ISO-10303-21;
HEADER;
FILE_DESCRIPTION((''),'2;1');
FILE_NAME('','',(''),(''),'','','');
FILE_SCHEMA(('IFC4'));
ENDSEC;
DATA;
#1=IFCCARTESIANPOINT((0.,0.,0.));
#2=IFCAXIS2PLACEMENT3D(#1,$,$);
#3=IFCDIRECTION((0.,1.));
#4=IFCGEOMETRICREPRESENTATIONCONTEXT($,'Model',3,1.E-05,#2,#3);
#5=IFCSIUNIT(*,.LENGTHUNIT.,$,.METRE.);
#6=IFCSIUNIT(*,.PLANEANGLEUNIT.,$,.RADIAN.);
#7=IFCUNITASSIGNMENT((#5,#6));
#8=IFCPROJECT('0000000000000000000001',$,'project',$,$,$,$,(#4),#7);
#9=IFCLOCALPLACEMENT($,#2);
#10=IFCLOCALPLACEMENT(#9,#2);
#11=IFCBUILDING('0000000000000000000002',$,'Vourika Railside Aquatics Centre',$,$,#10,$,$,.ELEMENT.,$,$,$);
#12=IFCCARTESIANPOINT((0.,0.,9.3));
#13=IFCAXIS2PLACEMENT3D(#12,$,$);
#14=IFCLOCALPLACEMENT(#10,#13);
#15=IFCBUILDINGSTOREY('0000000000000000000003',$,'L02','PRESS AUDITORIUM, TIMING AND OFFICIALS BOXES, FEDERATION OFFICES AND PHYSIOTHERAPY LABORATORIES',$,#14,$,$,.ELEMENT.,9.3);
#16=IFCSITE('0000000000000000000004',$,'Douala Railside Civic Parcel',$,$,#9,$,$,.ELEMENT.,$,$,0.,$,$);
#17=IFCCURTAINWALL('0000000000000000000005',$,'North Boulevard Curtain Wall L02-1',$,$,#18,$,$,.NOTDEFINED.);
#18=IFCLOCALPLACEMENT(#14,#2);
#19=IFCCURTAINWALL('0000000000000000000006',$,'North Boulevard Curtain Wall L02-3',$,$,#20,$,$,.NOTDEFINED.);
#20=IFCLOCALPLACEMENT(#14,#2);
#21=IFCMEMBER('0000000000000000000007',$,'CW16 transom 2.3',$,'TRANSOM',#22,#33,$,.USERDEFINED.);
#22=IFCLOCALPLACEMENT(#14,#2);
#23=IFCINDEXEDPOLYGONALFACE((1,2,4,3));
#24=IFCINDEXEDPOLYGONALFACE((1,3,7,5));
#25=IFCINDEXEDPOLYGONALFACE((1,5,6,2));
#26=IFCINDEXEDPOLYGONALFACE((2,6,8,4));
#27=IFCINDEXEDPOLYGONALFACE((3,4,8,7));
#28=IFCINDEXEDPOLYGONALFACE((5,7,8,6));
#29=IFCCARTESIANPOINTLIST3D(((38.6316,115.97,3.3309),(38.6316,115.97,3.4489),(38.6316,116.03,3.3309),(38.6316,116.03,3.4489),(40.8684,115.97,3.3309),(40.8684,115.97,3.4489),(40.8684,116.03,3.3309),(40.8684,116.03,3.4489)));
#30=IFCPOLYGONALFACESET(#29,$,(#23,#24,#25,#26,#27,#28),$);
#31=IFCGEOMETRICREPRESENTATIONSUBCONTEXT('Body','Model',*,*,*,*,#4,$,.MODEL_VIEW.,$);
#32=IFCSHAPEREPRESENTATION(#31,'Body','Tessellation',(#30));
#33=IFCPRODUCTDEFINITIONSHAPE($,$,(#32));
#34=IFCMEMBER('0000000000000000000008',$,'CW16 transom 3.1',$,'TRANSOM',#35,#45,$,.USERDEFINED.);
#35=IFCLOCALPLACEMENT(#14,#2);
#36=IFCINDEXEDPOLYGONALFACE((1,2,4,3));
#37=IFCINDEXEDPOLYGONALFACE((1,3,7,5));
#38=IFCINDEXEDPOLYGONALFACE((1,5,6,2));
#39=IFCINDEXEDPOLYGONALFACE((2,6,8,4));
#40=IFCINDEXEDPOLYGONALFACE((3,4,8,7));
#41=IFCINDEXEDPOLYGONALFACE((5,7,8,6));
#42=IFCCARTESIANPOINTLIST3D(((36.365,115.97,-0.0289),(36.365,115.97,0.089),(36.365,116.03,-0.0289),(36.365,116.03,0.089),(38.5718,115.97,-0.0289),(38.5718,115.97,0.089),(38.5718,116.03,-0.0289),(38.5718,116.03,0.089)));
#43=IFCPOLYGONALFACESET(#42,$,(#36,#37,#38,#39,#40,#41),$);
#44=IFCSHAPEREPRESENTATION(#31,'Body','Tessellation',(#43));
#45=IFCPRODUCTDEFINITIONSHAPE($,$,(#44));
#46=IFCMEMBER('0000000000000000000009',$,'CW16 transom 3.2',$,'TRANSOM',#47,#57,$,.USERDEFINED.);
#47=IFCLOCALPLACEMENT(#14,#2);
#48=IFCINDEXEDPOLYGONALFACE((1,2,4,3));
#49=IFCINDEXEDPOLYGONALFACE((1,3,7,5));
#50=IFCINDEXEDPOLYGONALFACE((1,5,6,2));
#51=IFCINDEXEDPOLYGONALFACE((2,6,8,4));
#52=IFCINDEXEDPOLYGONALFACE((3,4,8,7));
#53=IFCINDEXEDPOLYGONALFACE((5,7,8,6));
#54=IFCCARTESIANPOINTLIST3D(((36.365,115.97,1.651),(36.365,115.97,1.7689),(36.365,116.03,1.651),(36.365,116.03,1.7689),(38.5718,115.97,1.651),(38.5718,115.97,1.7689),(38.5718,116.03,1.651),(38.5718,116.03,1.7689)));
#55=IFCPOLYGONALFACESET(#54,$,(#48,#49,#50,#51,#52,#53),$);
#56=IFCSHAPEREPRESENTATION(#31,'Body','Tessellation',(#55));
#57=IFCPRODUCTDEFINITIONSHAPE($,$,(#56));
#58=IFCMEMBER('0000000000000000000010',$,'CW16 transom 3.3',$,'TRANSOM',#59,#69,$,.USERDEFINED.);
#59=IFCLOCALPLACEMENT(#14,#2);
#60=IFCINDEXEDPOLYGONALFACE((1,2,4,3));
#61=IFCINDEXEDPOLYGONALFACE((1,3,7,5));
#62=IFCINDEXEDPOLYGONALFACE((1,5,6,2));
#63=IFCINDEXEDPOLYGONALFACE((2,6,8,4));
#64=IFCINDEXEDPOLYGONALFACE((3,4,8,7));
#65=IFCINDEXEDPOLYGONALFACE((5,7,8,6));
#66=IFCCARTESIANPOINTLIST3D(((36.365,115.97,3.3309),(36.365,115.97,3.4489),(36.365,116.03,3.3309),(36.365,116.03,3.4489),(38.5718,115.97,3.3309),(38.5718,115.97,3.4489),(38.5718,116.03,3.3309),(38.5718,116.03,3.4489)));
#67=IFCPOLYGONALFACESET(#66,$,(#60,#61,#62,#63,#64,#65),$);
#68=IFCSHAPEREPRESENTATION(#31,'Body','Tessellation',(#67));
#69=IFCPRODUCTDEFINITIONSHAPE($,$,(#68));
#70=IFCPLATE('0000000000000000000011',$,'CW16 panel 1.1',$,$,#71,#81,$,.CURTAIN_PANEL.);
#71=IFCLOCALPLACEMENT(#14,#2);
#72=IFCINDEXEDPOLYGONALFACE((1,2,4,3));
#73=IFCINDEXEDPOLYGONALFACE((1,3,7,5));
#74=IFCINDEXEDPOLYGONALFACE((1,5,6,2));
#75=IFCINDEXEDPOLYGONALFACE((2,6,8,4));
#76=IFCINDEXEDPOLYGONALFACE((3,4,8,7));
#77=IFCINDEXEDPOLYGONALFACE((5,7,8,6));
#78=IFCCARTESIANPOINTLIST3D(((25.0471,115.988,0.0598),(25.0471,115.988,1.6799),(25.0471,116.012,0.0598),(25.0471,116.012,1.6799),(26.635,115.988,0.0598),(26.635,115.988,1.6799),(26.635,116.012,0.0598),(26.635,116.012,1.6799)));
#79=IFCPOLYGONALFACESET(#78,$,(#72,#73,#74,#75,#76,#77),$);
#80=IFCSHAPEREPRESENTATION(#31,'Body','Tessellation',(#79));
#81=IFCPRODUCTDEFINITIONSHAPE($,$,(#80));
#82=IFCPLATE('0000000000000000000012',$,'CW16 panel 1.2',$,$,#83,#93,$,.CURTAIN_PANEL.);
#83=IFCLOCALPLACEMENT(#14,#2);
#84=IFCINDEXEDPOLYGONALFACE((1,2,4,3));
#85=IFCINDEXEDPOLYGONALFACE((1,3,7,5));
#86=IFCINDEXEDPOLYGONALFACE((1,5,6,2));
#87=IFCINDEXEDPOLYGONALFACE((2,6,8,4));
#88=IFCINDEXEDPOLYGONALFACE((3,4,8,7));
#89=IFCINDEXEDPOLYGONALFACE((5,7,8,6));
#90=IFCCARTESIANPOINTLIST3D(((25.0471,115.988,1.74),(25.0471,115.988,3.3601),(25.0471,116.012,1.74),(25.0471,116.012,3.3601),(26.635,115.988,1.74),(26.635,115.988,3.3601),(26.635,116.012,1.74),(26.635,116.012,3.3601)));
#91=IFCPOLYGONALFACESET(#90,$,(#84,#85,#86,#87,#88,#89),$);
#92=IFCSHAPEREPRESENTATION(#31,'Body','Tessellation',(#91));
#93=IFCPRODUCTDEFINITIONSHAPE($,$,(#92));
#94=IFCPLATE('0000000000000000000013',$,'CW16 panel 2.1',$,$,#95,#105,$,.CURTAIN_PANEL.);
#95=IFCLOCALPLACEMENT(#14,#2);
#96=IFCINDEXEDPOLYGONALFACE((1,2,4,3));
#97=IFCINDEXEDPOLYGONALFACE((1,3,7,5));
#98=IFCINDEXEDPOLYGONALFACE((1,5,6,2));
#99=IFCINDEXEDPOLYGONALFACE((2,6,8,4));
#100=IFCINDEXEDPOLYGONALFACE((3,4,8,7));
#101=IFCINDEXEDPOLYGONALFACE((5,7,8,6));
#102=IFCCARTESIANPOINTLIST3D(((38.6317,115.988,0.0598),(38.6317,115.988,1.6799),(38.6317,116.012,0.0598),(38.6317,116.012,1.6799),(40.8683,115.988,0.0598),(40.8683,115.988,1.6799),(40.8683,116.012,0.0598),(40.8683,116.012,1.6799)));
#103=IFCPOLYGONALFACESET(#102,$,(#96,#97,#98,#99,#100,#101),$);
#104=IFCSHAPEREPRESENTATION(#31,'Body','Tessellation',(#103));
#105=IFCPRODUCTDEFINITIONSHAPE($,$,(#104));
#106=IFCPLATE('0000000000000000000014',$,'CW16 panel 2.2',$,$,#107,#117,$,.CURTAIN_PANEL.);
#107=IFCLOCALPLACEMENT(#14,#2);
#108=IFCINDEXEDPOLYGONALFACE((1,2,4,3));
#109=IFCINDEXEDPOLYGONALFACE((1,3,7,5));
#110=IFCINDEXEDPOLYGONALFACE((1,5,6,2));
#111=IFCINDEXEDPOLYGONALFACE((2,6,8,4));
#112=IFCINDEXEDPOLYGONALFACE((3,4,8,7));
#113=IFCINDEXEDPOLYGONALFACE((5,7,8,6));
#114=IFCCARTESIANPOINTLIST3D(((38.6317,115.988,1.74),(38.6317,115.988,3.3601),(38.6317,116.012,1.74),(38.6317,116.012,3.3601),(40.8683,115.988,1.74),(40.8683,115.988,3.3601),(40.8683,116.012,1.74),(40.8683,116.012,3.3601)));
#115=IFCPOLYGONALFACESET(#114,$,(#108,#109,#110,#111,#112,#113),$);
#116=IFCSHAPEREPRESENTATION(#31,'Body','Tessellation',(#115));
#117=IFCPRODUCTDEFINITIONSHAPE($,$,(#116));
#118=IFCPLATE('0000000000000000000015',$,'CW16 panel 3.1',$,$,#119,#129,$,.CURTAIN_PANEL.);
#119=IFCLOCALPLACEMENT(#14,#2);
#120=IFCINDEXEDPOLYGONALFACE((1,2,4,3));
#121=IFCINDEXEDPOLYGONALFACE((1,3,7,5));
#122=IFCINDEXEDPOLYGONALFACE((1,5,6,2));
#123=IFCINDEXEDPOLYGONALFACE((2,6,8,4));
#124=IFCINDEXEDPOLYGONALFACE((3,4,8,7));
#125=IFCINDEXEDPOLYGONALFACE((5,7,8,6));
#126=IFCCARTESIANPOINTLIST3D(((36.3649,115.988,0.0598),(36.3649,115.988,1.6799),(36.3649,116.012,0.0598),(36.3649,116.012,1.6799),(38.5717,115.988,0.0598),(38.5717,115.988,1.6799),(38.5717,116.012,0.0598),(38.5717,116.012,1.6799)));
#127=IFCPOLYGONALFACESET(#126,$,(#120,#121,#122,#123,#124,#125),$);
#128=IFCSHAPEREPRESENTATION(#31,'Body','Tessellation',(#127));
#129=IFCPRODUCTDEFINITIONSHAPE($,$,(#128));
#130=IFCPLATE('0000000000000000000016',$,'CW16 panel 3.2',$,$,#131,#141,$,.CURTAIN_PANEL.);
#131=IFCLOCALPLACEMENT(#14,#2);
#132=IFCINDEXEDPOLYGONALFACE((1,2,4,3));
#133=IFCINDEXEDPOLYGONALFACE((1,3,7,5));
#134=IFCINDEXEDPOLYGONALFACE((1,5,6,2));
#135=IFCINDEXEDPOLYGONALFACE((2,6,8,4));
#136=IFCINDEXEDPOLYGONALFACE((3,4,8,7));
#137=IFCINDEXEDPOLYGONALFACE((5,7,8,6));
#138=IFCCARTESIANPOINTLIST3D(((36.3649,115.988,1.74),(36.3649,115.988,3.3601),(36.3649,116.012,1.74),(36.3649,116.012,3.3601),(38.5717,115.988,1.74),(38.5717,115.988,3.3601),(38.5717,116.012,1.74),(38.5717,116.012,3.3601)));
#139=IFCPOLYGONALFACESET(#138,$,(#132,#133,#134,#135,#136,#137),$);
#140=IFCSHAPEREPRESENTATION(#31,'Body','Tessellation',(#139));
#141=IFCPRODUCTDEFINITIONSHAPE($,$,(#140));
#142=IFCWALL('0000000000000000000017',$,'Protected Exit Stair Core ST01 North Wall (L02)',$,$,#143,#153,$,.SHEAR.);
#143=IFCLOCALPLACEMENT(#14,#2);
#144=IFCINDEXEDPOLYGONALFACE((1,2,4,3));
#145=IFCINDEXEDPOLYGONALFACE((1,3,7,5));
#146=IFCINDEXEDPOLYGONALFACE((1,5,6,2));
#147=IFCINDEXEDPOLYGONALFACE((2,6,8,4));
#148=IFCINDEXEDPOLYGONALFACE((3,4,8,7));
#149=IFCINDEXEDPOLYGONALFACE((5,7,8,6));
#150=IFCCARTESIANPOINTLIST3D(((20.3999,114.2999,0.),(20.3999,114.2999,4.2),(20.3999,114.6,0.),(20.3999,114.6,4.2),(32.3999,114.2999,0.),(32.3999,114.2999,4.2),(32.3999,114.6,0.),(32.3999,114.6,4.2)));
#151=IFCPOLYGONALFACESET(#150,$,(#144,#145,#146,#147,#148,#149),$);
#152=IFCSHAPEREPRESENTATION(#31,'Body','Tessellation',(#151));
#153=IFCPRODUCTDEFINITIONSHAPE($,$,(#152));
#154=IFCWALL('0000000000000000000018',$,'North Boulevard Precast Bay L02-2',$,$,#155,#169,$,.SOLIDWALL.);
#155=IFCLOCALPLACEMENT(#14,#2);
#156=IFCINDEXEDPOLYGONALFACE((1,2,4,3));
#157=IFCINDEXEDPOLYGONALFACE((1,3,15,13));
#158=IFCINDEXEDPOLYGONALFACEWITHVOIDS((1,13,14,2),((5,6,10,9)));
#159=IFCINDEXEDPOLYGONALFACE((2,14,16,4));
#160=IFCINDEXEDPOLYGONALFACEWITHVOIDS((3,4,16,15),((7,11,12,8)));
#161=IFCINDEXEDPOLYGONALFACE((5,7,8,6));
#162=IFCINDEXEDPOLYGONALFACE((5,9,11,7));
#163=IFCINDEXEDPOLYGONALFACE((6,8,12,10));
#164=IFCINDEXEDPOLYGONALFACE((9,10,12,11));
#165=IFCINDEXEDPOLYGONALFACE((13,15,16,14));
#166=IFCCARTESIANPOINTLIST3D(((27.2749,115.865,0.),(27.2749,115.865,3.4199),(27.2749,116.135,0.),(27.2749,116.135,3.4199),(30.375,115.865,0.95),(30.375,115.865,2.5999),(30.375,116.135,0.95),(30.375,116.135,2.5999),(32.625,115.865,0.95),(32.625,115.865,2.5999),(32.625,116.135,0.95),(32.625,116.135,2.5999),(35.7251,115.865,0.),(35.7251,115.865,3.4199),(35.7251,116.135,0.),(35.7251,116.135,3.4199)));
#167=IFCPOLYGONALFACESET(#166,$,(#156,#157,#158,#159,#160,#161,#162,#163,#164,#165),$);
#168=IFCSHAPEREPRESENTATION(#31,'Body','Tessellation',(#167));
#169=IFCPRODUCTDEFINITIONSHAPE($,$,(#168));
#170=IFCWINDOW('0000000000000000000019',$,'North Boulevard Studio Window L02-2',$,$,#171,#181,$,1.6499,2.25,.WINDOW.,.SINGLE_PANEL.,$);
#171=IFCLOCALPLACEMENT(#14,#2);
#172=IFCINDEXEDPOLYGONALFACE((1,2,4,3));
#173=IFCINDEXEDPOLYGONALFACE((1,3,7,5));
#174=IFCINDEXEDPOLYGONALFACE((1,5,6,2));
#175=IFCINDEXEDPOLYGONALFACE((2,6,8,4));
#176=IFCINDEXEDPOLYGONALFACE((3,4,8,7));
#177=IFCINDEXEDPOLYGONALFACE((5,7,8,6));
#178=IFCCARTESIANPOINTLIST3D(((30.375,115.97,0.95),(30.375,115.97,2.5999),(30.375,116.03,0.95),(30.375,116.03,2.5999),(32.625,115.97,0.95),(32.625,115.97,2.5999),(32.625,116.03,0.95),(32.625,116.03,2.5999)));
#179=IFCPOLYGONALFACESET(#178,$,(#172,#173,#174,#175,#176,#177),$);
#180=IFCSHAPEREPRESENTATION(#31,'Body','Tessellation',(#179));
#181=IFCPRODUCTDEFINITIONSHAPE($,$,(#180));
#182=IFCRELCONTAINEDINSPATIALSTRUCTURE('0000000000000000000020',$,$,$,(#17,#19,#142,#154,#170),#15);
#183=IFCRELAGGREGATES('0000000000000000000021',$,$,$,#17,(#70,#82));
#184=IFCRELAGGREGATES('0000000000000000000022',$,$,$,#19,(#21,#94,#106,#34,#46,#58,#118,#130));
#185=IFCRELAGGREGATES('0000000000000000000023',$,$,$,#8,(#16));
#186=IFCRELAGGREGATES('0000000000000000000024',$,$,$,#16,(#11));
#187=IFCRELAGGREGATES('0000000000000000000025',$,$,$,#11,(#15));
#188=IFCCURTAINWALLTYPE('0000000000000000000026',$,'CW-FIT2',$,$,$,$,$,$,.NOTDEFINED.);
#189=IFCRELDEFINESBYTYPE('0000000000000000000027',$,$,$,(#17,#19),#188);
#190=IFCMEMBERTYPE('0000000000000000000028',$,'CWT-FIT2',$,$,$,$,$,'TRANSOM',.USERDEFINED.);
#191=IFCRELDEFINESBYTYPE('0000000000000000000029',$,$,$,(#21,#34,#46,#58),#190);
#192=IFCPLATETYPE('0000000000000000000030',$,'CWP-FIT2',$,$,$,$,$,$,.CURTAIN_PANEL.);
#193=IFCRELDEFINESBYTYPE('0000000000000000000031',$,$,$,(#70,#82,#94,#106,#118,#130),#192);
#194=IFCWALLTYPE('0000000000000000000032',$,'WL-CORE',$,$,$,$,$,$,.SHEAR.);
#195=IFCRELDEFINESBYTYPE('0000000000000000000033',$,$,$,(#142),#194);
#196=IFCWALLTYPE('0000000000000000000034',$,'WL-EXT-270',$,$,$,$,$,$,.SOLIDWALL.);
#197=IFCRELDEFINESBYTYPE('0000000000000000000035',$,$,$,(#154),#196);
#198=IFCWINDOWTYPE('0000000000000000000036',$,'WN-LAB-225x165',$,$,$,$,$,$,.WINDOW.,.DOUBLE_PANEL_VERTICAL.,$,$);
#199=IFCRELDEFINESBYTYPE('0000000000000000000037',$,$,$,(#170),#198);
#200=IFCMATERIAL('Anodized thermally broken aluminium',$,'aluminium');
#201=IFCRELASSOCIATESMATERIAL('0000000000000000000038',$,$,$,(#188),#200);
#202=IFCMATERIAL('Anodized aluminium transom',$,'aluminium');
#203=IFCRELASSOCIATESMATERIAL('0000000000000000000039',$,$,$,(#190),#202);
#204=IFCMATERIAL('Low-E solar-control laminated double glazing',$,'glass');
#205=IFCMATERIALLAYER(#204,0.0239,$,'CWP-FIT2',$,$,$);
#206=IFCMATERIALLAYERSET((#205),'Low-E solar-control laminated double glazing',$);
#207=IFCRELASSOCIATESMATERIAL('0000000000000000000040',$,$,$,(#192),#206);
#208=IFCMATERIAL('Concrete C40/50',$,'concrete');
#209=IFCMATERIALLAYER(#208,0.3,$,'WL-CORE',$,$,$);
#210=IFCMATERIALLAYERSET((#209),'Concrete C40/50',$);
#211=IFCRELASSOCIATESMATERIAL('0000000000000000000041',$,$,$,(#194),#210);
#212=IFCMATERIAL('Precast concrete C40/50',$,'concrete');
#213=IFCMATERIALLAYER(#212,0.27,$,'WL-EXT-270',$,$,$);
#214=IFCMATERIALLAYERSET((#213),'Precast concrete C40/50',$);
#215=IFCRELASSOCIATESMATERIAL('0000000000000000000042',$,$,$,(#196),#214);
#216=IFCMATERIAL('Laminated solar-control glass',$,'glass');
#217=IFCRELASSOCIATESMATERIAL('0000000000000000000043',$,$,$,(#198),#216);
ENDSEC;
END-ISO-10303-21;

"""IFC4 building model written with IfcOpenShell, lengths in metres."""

from ifc_helpers import new_model, si_unit, direction, frame, frame_2d, origin, origin_2d, place, context, subcontext, project, spatial, rectangle, extrude, material, layer, layer_set, material_profile, profile_set, type_object, element, fill, aggregate, save


model = new_model("IFC4")

# Units and contexts
model_context = context("Model", 3, precision=1e-05, world=origin(), true_north=direction((0.0, 1.0)))
body_context = subcontext(model_context, "Body", "Model", "MODEL_VIEW")
ifc_project = project(units=[si_unit("LENGTHUNIT", "METRE"), si_unit("PLANEANGLEUNIT", "RADIAN")], contexts=[model_context])

# Site, building, storey
site_placement = place(None, origin())
site = spatial("IfcSite", under=ifc_project, at=site_placement, Name="Douala Railside Civic Parcel", CompositionType="ELEMENT", RefElevation=0.0)
building_placement = place(site_placement, origin())
building = spatial("IfcBuilding", under=site, at=building_placement, Name="Vourika Railside Aquatics Centre", CompositionType="ELEMENT")
storey_placement = place(building_placement, frame((0.0, 0.0, 9.3)))
storey = spatial("IfcBuildingStorey", under=building, at=storey_placement, Name="L02", Description="PRESS AUDITORIUM, TIMING AND OFFICIALS BOXES, FEDERATION OFFICES AND PHYSIOTHERAPY LABORATORIES", CompositionType="ELEMENT", Elevation=9.3)

# Curtain walls
ifc_material_1 = material(Name="Anodized thermally broken aluminium", Category="aluminium")
curtain_wall_type = type_object("IfcCurtainWallType", Name="CW-FIT2", PredefinedType="NOTDEFINED", material=ifc_material_1)
curtain_wall_1_placement = place(storey_placement, origin())
curtain_wall_1 = element("IfcCurtainWall", 1, at=curtain_wall_1_placement, inside=storey, type_object=curtain_wall_type, Name="North Boulevard Curtain Wall L02-1", PredefinedType="NOTDEFINED")
curtain_wall_2_placement = place(storey_placement, origin())
curtain_wall_2 = element("IfcCurtainWall", 2, at=curtain_wall_2_placement, inside=storey, type_object=curtain_wall_type, Name="North Boulevard Curtain Wall L02-3", PredefinedType="NOTDEFINED")

# Members
ifc_material_2 = material(Name="Anodized aluminium transom", Category="aluminium")
ifc_material_profile_1 = material_profile(ifc_material_2, rectangle(XDim=0.0601, YDim=0.1179, at=origin_2d()), Name="ALU-T 60x118")
ifc_profile_set_1 = profile_set([ifc_material_profile_1], Name="Anodized aluminium transom")
member_type_1 = type_object("IfcMemberType", Name="CWT-FIT2", ElementType="TRANSOM", PredefinedType="USERDEFINED", material=ifc_profile_set_1)
member_1_placement = place(storey_placement, frame((40.8684, 116.0, 3.3899), z_axis=(-1.0, 0.0, 0.0), x_axis=(0.0, -1.0, 0.0)))
member_1 = element("IfcMember", 3, at=member_1_placement, type_object=member_type_1, Name="CW16 transom 2.3", ObjectType="TRANSOM", PredefinedType="USERDEFINED", context=body_context, shape_type="SweptSolid", body=[
    extrude(rectangle(XDim=0.0601, YDim=0.1179, at=origin_2d()), origin(), (0.0, 0.0, 1.0), 2.2368),
])
member_2_placement = place(storey_placement, frame((38.5718, 116.0, 0.03), z_axis=(-1.0, 0.0, 0.0), x_axis=(0.0, -1.0, 0.0)))
member_2 = element("IfcMember", 4, at=member_2_placement, type_object=member_type_1, Name="CW16 transom 3.1", ObjectType="TRANSOM", PredefinedType="USERDEFINED", context=body_context, shape_type="SweptSolid", body=[
    extrude(rectangle(XDim=0.0601, YDim=0.1179, at=origin_2d()), origin(), (0.0, 0.0, 1.0), 2.2068),
])
member_3_placement = place(storey_placement, frame((38.5718, 116.0, 1.71), z_axis=(-1.0, 0.0, 0.0), x_axis=(0.0, -1.0, 0.0)))
member_3 = element("IfcMember", 5, at=member_3_placement, type_object=member_type_1, Name="CW16 transom 3.2", ObjectType="TRANSOM", PredefinedType="USERDEFINED", context=body_context, shape_type="SweptSolid", body=[
    extrude(rectangle(XDim=0.0601, YDim=0.1179, at=origin_2d()), origin(), (0.0, 0.0, 1.0), 2.2068),
])
member_4_placement = place(storey_placement, frame((38.5718, 116.0, 3.3899), z_axis=(-1.0, 0.0, 0.0), x_axis=(0.0, -1.0, 0.0)))
member_4 = element("IfcMember", 6, at=member_4_placement, type_object=member_type_1, Name="CW16 transom 3.3", ObjectType="TRANSOM", PredefinedType="USERDEFINED", context=body_context, shape_type="SweptSolid", body=[
    extrude(rectangle(XDim=0.0601, YDim=0.1179, at=origin_2d()), origin(), (0.0, 0.0, 1.0), 2.2068),
])

# Plates
ifc_material_3 = material(Name="Low-E solar-control laminated double glazing", Category="glass")
ifc_layer_1 = layer(ifc_material_3, 0.0239, Name="CWP-FIT2")
ifc_layer_set_1 = layer_set([ifc_layer_1], Name="Low-E solar-control laminated double glazing")
plate_type = type_object("IfcPlateType", Name="CWP-FIT2", PredefinedType="CURTAIN_PANEL", material=ifc_layer_set_1)
plate_1_placement = place(storey_placement, frame((25.8411, 116.0, 0.0598), z_axis=(0.0, 0.0, 1.0), x_axis=(-1.0, 0.0, 0.0)))
plate_1 = element("IfcPlate", 7, at=plate_1_placement, type_object=plate_type, Name="CW16 panel 1.1", PredefinedType="CURTAIN_PANEL", context=body_context, shape_type="SweptSolid", body=[
    extrude(rectangle(XDim=1.5879, YDim=0.0239, at=origin_2d()), origin(), (0.0, 0.0, 1.0), 1.6201),
])
plate_2_placement = place(storey_placement, frame((25.8411, 116.0, 1.74), z_axis=(0.0, 0.0, 1.0), x_axis=(-1.0, 0.0, 0.0)))
plate_2 = element("IfcPlate", 8, at=plate_2_placement, type_object=plate_type, Name="CW16 panel 1.2", PredefinedType="CURTAIN_PANEL", context=body_context, shape_type="SweptSolid", body=[
    extrude(rectangle(XDim=1.5879, YDim=0.0239, at=origin_2d()), origin(), (0.0, 0.0, 1.0), 1.6201),
])
aggregate(curtain_wall_1, [plate_1, plate_2])
plate_3_placement = place(storey_placement, frame((39.75, 116.0, 0.0598), z_axis=(0.0, 0.0, 1.0), x_axis=(-1.0, 0.0, 0.0)))
plate_3 = element("IfcPlate", 9, at=plate_3_placement, type_object=plate_type, Name="CW16 panel 2.1", PredefinedType="CURTAIN_PANEL", context=body_context, shape_type="SweptSolid", body=[
    extrude(rectangle(XDim=2.2366, YDim=0.0239, at=origin_2d()), origin(), (0.0, 0.0, 1.0), 1.6201),
])
plate_4_placement = place(storey_placement, frame((39.75, 116.0, 1.74), z_axis=(0.0, 0.0, 1.0), x_axis=(-1.0, 0.0, 0.0)))
plate_4 = element("IfcPlate", 10, at=plate_4_placement, type_object=plate_type, Name="CW16 panel 2.2", PredefinedType="CURTAIN_PANEL", context=body_context, shape_type="SweptSolid", body=[
    extrude(rectangle(XDim=2.2366, YDim=0.0239, at=origin_2d()), origin(), (0.0, 0.0, 1.0), 1.6201),
])
plate_5_placement = place(storey_placement, frame((37.4683, 116.0, 0.0598), z_axis=(0.0, 0.0, 1.0), x_axis=(-1.0, 0.0, 0.0)))
plate_5 = element("IfcPlate", 11, at=plate_5_placement, type_object=plate_type, Name="CW16 panel 3.1", PredefinedType="CURTAIN_PANEL", context=body_context, shape_type="SweptSolid", body=[
    extrude(rectangle(XDim=2.2068, YDim=0.0239, at=origin_2d()), origin(), (0.0, 0.0, 1.0), 1.6201),
])
plate_6_placement = place(storey_placement, frame((37.4683, 116.0, 1.74), z_axis=(0.0, 0.0, 1.0), x_axis=(-1.0, 0.0, 0.0)))
plate_6 = element("IfcPlate", 12, at=plate_6_placement, type_object=plate_type, Name="CW16 panel 3.2", PredefinedType="CURTAIN_PANEL", context=body_context, shape_type="SweptSolid", body=[
    extrude(rectangle(XDim=2.2068, YDim=0.0239, at=origin_2d()), origin(), (0.0, 0.0, 1.0), 1.6201),
])
aggregate(curtain_wall_2, [member_1, plate_3, plate_4, member_2, member_3, member_4, plate_5, plate_6])

# Wall
ifc_material_4 = material(Name="Concrete C40/50", Category="concrete")
ifc_layer_2 = layer(ifc_material_4, 0.3, Name="WL-CORE")
ifc_layer_set_2 = layer_set([ifc_layer_2], Name="Concrete C40/50")
wall_type_1 = type_object("IfcWallType", Name="WL-CORE", PredefinedType="SHEAR", material=ifc_layer_set_2)
wall_1_placement = place(storey_placement, frame((32.3999, 114.45, 0.0), z_axis=(0.0, 0.0, 1.0), x_axis=(-1.0, 0.0, 0.0)))
element("IfcWall", 13, at=wall_1_placement, inside=storey, type_object=wall_type_1, Name="Protected Exit Stair Core ST01 North Wall (L02)", PredefinedType="SHEAR", context=body_context, shape_type="SweptSolid", body=[
    extrude(rectangle(XDim=12.0, YDim=0.3, at=frame_2d((6.0, 0.0))), origin(), (0.0, 0.0, 1.0), 4.2),
])

# Wall, opening, window
ifc_material_5 = material(Name="Precast concrete C40/50", Category="concrete")
ifc_layer_3 = layer(ifc_material_5, 0.27, Name="WL-EXT-270")
ifc_layer_set_3 = layer_set([ifc_layer_3], Name="Precast concrete C40/50")
wall_type_2 = type_object("IfcWallType", Name="WL-EXT-270", PredefinedType="SOLIDWALL", material=ifc_layer_set_3)
wall_2_placement = place(storey_placement, frame((35.7251, 116.0, 0.0), z_axis=(0.0, 0.0, 1.0), x_axis=(-1.0, 0.0, 0.0)))
wall_2 = element("IfcWall", 14, at=wall_2_placement, inside=storey, type_object=wall_type_2, Name="North Boulevard Precast Bay L02-2", PredefinedType="SOLIDWALL", context=body_context, shape_type="SweptSolid", body=[
    extrude(rectangle(XDim=8.4502, YDim=0.27, at=frame_2d((4.2251, 0.0))), origin(), (0.0, 0.0, 1.0), 3.4199),
])
opening_placement = place(wall_2_placement, frame((3.1001, 0.0, 0.95)))
opening = element("IfcOpeningElement", 15, at=opening_placement, cuts=wall_2, PredefinedType="OPENING", context=body_context, shape_type="SweptSolid", body=[
    extrude(rectangle(XDim=2.25, YDim=1.6499, at=frame_2d((1.125, 0.825))), frame((0.0, 0.145, 0.0), z_axis=(0.0, -1.0, 0.0), x_axis=(1.0, 0.0, 0.0)), (0.0, 0.0, 1.0), 0.29),
])
ifc_material_6 = material(Name="Laminated solar-control glass", Category="glass")
window_type = type_object("IfcWindowType", Name="WN-LAB-225x165", PartitioningType="DOUBLE_PANEL_VERTICAL", PredefinedType="WINDOW", material=ifc_material_6)
window_placement = place(opening_placement, origin())
window = element("IfcWindow", 16, at=window_placement, inside=storey, type_object=window_type, Name="North Boulevard Studio Window L02-2", OverallHeight=1.6499, OverallWidth=2.25, PartitioningType="SINGLE_PANEL", PredefinedType="WINDOW", context=body_context, shape_type="SweptSolid", body=[
    extrude(rectangle(XDim=2.25, YDim=1.6499, at=frame_2d((1.125, 0.825))), frame((0.0, 0.03, 0.0), z_axis=(0.0, -1.0, 0.0), x_axis=(1.0, 0.0, 0.0)), (0.0, 0.0, 1.0), 0.0601),
])
fill(opening, window)

save(model, "model.ifc")
